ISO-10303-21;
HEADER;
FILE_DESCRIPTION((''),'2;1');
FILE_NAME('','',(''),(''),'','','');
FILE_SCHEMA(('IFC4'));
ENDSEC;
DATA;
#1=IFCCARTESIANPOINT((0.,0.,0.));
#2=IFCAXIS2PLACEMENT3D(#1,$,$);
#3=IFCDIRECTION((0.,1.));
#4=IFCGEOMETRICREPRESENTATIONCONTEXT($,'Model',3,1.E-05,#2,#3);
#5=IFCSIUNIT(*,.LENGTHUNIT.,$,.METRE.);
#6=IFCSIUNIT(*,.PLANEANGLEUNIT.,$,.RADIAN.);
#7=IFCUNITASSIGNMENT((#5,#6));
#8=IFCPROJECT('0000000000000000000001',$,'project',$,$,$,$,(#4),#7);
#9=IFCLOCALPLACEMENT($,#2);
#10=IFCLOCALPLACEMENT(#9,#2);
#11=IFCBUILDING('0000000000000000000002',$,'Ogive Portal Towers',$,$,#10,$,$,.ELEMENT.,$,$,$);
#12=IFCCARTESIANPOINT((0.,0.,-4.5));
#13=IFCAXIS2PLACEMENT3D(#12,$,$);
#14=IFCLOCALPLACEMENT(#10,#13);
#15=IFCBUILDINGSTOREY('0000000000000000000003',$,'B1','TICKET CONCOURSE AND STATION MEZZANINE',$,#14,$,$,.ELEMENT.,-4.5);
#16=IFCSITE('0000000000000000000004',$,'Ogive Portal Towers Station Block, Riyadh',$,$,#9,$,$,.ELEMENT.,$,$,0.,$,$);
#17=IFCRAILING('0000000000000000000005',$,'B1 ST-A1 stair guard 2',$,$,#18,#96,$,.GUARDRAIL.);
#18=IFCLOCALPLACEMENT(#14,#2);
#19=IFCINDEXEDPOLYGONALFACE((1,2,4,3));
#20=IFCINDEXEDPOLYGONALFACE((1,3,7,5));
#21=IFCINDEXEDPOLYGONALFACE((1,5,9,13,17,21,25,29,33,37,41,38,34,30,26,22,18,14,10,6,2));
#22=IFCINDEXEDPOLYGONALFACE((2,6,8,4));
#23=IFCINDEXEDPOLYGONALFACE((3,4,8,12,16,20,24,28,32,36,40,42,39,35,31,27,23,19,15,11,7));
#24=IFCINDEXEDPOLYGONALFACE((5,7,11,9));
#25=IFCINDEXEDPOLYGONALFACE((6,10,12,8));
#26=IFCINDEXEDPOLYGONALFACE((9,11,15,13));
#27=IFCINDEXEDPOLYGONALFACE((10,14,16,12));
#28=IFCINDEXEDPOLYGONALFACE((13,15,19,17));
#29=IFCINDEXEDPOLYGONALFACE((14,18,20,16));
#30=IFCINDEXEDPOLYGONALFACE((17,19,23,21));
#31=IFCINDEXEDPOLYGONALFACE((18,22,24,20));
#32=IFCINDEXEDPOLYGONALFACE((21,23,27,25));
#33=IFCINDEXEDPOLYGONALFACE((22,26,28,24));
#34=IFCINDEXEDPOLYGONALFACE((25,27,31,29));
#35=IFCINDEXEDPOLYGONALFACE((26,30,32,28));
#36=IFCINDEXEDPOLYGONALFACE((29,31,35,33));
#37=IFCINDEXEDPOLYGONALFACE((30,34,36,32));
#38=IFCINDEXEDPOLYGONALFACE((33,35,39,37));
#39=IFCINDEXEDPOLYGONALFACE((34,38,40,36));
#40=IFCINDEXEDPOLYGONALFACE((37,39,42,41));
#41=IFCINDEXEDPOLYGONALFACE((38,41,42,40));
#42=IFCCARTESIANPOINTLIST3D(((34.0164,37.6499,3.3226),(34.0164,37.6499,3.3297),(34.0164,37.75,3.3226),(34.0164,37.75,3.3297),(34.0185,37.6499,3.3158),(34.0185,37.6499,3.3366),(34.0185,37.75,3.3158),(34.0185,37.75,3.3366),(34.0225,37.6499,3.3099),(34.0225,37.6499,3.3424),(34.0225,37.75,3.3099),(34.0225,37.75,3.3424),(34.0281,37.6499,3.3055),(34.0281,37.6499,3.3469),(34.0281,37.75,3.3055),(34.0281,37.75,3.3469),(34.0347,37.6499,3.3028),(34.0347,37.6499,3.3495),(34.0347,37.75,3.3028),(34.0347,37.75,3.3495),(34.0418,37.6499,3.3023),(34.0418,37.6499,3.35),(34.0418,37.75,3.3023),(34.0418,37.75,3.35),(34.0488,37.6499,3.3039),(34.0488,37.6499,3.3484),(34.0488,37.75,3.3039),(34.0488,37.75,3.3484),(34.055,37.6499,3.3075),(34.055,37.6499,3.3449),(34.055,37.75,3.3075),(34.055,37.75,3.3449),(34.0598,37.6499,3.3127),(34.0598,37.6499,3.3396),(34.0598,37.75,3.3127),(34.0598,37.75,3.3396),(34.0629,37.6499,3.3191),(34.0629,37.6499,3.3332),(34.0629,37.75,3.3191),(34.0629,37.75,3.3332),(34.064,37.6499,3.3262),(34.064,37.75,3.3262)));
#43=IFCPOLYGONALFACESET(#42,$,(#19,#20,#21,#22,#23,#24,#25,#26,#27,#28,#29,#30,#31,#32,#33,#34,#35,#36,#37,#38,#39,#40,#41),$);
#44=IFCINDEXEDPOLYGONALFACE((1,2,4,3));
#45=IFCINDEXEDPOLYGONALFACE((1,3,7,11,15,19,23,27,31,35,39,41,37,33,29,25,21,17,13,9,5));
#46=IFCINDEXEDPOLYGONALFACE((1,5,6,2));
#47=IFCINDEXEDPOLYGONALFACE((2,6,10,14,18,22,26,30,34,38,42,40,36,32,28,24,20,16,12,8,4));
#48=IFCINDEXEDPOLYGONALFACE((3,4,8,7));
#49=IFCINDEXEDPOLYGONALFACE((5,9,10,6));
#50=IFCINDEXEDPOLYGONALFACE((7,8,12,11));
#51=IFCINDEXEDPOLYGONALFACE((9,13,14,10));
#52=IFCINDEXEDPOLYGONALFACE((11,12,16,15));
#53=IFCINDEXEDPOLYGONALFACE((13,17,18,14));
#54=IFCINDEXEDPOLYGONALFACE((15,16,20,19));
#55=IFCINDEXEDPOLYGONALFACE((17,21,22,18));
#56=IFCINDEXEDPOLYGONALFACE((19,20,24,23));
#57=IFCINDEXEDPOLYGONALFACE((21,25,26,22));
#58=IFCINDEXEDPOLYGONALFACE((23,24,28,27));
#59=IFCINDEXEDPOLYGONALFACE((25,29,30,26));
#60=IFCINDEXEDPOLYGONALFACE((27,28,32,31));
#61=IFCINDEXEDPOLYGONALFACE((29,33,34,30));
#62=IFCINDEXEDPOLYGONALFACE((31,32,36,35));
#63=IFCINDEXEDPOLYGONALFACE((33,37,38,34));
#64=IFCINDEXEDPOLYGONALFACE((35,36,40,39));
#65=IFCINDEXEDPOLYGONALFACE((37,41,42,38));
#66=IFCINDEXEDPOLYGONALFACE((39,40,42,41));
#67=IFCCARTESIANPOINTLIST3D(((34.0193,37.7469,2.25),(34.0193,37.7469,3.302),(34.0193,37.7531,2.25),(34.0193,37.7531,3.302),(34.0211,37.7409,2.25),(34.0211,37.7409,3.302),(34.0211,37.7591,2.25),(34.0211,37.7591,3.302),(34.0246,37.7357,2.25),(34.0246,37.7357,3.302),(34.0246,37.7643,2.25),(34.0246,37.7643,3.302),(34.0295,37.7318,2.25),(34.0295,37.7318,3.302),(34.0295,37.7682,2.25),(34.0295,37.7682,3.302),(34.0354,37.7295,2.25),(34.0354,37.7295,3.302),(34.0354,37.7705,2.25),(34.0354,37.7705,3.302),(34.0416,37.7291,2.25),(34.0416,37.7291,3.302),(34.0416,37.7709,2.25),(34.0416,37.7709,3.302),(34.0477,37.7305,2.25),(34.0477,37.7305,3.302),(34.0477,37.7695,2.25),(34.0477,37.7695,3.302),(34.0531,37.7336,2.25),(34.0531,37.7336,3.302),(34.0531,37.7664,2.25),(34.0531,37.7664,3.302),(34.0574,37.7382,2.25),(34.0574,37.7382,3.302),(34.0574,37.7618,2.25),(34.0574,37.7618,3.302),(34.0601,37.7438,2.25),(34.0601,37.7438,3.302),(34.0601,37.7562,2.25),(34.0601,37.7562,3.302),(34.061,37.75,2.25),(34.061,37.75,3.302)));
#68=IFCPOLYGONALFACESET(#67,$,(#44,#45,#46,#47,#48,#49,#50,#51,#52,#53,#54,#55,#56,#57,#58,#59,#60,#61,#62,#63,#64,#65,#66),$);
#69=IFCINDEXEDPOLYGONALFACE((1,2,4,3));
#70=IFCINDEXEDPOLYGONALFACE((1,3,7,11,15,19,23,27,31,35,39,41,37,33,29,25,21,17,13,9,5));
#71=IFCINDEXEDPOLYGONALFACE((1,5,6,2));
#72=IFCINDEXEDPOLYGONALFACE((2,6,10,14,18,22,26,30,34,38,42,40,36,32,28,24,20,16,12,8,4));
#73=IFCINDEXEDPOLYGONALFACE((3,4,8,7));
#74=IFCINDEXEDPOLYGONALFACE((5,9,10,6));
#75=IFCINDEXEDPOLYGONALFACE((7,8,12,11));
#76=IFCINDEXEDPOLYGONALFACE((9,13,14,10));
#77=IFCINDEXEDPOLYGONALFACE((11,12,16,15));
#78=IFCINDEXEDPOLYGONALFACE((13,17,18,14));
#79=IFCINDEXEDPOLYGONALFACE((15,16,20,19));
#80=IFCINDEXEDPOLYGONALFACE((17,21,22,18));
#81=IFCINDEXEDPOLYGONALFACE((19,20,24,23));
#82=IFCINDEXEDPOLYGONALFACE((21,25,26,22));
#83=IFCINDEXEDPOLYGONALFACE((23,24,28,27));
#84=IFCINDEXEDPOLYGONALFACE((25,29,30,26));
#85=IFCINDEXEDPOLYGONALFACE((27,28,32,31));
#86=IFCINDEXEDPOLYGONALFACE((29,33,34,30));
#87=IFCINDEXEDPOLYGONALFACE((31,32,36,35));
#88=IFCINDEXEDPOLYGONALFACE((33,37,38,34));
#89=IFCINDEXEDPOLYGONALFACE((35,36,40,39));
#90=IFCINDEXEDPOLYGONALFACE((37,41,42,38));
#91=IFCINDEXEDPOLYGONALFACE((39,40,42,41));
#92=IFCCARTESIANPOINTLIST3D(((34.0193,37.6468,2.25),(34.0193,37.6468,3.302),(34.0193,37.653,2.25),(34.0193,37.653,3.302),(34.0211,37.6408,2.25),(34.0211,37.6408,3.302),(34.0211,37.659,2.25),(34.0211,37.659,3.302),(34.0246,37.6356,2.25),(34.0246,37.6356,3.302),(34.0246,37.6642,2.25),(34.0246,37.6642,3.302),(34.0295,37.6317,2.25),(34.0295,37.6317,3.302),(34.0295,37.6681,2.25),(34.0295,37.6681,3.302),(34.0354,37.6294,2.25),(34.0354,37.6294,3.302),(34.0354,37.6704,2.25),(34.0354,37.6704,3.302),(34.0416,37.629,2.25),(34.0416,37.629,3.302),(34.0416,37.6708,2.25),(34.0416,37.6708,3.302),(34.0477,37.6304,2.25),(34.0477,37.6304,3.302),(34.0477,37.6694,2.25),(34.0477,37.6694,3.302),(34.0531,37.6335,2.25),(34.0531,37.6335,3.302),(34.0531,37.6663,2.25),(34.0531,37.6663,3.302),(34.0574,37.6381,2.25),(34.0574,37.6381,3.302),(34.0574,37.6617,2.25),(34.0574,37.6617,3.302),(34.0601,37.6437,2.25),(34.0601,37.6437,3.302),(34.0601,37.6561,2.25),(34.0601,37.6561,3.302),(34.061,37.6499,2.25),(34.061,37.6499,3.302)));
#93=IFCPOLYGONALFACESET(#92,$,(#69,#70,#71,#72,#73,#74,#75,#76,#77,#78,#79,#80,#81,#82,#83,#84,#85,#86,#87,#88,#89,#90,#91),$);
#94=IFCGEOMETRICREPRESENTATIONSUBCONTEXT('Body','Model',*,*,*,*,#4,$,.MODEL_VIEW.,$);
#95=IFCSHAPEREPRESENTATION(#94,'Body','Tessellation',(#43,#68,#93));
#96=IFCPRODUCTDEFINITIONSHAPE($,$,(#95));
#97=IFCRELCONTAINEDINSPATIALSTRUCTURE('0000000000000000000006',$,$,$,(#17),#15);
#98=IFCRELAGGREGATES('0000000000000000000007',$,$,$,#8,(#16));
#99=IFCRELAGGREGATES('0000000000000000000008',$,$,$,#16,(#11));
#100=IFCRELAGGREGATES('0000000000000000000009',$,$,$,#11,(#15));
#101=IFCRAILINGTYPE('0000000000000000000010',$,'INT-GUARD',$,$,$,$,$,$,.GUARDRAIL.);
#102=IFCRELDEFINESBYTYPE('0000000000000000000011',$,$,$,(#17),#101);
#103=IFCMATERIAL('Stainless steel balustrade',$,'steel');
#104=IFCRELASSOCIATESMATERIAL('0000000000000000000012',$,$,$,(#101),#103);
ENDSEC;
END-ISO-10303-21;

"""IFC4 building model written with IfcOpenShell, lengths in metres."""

from ifc_helpers import new_model, si_unit, direction, frame, origin, origin_2d, place, context, subcontext, project, spatial, circle, extrude, material, type_object, element, save


model = new_model("IFC4")

# Units and contexts
model_context = context("Model", 3, precision=1e-05, world=origin(), true_north=direction((0.0, 1.0)))
body_context = subcontext(model_context, "Body", "Model", "MODEL_VIEW")
ifc_project = project(units=[si_unit("LENGTHUNIT", "METRE"), si_unit("PLANEANGLEUNIT", "RADIAN")], contexts=[model_context])

# Site, building, storey
site_placement = place(None, origin())
site = spatial("IfcSite", under=ifc_project, at=site_placement, Name="Ogive Portal Towers Station Block, Riyadh", CompositionType="ELEMENT", RefElevation=0.0)
building_placement = place(site_placement, origin())
building = spatial("IfcBuilding", under=site, at=building_placement, Name="Ogive Portal Towers", CompositionType="ELEMENT")
storey_placement = place(building_placement, frame((0.0, 0.0, -4.5)))
storey = spatial("IfcBuildingStorey", under=building, at=storey_placement, Name="B1", Description="TICKET CONCOURSE AND STATION MEZZANINE", CompositionType="ELEMENT", Elevation=-4.5)

# Railing
ifc_material_1 = material(Name="Stainless steel balustrade", Category="steel")
railing_type_1 = type_object("IfcRailingType", Name="INT-GUARD", PredefinedType="GUARDRAIL", material=ifc_material_1)
railing_1_placement = place(storey_placement, frame((34.04, 37.75, 2.25)))
element("IfcRailing", 1, at=railing_1_placement, inside=storey, type_object=railing_type_1, Name="B1 ST-A1 stair guard 2", PredefinedType="GUARDRAIL", context=body_context, shape_type="SweptSolid", body=[
    extrude(circle(Radius=0.0239, at=origin_2d()), frame((0.0, 0.0, 1.0762), z_axis=(0.0, -1.0, 0.0), x_axis=(1.0, 0.0, 0.0)), (0.0, 0.0, 1.0), 0.1001),
    extrude(circle(Radius=0.021, at=origin_2d()), origin(), (0.0, 0.0, 1.0), 1.052),
    extrude(circle(Radius=0.021, at=origin_2d()), frame((0.0, -0.1001, 0.0)), (0.0, 0.0, 1.0), 1.052),
])

save(model, "model.ifc")
